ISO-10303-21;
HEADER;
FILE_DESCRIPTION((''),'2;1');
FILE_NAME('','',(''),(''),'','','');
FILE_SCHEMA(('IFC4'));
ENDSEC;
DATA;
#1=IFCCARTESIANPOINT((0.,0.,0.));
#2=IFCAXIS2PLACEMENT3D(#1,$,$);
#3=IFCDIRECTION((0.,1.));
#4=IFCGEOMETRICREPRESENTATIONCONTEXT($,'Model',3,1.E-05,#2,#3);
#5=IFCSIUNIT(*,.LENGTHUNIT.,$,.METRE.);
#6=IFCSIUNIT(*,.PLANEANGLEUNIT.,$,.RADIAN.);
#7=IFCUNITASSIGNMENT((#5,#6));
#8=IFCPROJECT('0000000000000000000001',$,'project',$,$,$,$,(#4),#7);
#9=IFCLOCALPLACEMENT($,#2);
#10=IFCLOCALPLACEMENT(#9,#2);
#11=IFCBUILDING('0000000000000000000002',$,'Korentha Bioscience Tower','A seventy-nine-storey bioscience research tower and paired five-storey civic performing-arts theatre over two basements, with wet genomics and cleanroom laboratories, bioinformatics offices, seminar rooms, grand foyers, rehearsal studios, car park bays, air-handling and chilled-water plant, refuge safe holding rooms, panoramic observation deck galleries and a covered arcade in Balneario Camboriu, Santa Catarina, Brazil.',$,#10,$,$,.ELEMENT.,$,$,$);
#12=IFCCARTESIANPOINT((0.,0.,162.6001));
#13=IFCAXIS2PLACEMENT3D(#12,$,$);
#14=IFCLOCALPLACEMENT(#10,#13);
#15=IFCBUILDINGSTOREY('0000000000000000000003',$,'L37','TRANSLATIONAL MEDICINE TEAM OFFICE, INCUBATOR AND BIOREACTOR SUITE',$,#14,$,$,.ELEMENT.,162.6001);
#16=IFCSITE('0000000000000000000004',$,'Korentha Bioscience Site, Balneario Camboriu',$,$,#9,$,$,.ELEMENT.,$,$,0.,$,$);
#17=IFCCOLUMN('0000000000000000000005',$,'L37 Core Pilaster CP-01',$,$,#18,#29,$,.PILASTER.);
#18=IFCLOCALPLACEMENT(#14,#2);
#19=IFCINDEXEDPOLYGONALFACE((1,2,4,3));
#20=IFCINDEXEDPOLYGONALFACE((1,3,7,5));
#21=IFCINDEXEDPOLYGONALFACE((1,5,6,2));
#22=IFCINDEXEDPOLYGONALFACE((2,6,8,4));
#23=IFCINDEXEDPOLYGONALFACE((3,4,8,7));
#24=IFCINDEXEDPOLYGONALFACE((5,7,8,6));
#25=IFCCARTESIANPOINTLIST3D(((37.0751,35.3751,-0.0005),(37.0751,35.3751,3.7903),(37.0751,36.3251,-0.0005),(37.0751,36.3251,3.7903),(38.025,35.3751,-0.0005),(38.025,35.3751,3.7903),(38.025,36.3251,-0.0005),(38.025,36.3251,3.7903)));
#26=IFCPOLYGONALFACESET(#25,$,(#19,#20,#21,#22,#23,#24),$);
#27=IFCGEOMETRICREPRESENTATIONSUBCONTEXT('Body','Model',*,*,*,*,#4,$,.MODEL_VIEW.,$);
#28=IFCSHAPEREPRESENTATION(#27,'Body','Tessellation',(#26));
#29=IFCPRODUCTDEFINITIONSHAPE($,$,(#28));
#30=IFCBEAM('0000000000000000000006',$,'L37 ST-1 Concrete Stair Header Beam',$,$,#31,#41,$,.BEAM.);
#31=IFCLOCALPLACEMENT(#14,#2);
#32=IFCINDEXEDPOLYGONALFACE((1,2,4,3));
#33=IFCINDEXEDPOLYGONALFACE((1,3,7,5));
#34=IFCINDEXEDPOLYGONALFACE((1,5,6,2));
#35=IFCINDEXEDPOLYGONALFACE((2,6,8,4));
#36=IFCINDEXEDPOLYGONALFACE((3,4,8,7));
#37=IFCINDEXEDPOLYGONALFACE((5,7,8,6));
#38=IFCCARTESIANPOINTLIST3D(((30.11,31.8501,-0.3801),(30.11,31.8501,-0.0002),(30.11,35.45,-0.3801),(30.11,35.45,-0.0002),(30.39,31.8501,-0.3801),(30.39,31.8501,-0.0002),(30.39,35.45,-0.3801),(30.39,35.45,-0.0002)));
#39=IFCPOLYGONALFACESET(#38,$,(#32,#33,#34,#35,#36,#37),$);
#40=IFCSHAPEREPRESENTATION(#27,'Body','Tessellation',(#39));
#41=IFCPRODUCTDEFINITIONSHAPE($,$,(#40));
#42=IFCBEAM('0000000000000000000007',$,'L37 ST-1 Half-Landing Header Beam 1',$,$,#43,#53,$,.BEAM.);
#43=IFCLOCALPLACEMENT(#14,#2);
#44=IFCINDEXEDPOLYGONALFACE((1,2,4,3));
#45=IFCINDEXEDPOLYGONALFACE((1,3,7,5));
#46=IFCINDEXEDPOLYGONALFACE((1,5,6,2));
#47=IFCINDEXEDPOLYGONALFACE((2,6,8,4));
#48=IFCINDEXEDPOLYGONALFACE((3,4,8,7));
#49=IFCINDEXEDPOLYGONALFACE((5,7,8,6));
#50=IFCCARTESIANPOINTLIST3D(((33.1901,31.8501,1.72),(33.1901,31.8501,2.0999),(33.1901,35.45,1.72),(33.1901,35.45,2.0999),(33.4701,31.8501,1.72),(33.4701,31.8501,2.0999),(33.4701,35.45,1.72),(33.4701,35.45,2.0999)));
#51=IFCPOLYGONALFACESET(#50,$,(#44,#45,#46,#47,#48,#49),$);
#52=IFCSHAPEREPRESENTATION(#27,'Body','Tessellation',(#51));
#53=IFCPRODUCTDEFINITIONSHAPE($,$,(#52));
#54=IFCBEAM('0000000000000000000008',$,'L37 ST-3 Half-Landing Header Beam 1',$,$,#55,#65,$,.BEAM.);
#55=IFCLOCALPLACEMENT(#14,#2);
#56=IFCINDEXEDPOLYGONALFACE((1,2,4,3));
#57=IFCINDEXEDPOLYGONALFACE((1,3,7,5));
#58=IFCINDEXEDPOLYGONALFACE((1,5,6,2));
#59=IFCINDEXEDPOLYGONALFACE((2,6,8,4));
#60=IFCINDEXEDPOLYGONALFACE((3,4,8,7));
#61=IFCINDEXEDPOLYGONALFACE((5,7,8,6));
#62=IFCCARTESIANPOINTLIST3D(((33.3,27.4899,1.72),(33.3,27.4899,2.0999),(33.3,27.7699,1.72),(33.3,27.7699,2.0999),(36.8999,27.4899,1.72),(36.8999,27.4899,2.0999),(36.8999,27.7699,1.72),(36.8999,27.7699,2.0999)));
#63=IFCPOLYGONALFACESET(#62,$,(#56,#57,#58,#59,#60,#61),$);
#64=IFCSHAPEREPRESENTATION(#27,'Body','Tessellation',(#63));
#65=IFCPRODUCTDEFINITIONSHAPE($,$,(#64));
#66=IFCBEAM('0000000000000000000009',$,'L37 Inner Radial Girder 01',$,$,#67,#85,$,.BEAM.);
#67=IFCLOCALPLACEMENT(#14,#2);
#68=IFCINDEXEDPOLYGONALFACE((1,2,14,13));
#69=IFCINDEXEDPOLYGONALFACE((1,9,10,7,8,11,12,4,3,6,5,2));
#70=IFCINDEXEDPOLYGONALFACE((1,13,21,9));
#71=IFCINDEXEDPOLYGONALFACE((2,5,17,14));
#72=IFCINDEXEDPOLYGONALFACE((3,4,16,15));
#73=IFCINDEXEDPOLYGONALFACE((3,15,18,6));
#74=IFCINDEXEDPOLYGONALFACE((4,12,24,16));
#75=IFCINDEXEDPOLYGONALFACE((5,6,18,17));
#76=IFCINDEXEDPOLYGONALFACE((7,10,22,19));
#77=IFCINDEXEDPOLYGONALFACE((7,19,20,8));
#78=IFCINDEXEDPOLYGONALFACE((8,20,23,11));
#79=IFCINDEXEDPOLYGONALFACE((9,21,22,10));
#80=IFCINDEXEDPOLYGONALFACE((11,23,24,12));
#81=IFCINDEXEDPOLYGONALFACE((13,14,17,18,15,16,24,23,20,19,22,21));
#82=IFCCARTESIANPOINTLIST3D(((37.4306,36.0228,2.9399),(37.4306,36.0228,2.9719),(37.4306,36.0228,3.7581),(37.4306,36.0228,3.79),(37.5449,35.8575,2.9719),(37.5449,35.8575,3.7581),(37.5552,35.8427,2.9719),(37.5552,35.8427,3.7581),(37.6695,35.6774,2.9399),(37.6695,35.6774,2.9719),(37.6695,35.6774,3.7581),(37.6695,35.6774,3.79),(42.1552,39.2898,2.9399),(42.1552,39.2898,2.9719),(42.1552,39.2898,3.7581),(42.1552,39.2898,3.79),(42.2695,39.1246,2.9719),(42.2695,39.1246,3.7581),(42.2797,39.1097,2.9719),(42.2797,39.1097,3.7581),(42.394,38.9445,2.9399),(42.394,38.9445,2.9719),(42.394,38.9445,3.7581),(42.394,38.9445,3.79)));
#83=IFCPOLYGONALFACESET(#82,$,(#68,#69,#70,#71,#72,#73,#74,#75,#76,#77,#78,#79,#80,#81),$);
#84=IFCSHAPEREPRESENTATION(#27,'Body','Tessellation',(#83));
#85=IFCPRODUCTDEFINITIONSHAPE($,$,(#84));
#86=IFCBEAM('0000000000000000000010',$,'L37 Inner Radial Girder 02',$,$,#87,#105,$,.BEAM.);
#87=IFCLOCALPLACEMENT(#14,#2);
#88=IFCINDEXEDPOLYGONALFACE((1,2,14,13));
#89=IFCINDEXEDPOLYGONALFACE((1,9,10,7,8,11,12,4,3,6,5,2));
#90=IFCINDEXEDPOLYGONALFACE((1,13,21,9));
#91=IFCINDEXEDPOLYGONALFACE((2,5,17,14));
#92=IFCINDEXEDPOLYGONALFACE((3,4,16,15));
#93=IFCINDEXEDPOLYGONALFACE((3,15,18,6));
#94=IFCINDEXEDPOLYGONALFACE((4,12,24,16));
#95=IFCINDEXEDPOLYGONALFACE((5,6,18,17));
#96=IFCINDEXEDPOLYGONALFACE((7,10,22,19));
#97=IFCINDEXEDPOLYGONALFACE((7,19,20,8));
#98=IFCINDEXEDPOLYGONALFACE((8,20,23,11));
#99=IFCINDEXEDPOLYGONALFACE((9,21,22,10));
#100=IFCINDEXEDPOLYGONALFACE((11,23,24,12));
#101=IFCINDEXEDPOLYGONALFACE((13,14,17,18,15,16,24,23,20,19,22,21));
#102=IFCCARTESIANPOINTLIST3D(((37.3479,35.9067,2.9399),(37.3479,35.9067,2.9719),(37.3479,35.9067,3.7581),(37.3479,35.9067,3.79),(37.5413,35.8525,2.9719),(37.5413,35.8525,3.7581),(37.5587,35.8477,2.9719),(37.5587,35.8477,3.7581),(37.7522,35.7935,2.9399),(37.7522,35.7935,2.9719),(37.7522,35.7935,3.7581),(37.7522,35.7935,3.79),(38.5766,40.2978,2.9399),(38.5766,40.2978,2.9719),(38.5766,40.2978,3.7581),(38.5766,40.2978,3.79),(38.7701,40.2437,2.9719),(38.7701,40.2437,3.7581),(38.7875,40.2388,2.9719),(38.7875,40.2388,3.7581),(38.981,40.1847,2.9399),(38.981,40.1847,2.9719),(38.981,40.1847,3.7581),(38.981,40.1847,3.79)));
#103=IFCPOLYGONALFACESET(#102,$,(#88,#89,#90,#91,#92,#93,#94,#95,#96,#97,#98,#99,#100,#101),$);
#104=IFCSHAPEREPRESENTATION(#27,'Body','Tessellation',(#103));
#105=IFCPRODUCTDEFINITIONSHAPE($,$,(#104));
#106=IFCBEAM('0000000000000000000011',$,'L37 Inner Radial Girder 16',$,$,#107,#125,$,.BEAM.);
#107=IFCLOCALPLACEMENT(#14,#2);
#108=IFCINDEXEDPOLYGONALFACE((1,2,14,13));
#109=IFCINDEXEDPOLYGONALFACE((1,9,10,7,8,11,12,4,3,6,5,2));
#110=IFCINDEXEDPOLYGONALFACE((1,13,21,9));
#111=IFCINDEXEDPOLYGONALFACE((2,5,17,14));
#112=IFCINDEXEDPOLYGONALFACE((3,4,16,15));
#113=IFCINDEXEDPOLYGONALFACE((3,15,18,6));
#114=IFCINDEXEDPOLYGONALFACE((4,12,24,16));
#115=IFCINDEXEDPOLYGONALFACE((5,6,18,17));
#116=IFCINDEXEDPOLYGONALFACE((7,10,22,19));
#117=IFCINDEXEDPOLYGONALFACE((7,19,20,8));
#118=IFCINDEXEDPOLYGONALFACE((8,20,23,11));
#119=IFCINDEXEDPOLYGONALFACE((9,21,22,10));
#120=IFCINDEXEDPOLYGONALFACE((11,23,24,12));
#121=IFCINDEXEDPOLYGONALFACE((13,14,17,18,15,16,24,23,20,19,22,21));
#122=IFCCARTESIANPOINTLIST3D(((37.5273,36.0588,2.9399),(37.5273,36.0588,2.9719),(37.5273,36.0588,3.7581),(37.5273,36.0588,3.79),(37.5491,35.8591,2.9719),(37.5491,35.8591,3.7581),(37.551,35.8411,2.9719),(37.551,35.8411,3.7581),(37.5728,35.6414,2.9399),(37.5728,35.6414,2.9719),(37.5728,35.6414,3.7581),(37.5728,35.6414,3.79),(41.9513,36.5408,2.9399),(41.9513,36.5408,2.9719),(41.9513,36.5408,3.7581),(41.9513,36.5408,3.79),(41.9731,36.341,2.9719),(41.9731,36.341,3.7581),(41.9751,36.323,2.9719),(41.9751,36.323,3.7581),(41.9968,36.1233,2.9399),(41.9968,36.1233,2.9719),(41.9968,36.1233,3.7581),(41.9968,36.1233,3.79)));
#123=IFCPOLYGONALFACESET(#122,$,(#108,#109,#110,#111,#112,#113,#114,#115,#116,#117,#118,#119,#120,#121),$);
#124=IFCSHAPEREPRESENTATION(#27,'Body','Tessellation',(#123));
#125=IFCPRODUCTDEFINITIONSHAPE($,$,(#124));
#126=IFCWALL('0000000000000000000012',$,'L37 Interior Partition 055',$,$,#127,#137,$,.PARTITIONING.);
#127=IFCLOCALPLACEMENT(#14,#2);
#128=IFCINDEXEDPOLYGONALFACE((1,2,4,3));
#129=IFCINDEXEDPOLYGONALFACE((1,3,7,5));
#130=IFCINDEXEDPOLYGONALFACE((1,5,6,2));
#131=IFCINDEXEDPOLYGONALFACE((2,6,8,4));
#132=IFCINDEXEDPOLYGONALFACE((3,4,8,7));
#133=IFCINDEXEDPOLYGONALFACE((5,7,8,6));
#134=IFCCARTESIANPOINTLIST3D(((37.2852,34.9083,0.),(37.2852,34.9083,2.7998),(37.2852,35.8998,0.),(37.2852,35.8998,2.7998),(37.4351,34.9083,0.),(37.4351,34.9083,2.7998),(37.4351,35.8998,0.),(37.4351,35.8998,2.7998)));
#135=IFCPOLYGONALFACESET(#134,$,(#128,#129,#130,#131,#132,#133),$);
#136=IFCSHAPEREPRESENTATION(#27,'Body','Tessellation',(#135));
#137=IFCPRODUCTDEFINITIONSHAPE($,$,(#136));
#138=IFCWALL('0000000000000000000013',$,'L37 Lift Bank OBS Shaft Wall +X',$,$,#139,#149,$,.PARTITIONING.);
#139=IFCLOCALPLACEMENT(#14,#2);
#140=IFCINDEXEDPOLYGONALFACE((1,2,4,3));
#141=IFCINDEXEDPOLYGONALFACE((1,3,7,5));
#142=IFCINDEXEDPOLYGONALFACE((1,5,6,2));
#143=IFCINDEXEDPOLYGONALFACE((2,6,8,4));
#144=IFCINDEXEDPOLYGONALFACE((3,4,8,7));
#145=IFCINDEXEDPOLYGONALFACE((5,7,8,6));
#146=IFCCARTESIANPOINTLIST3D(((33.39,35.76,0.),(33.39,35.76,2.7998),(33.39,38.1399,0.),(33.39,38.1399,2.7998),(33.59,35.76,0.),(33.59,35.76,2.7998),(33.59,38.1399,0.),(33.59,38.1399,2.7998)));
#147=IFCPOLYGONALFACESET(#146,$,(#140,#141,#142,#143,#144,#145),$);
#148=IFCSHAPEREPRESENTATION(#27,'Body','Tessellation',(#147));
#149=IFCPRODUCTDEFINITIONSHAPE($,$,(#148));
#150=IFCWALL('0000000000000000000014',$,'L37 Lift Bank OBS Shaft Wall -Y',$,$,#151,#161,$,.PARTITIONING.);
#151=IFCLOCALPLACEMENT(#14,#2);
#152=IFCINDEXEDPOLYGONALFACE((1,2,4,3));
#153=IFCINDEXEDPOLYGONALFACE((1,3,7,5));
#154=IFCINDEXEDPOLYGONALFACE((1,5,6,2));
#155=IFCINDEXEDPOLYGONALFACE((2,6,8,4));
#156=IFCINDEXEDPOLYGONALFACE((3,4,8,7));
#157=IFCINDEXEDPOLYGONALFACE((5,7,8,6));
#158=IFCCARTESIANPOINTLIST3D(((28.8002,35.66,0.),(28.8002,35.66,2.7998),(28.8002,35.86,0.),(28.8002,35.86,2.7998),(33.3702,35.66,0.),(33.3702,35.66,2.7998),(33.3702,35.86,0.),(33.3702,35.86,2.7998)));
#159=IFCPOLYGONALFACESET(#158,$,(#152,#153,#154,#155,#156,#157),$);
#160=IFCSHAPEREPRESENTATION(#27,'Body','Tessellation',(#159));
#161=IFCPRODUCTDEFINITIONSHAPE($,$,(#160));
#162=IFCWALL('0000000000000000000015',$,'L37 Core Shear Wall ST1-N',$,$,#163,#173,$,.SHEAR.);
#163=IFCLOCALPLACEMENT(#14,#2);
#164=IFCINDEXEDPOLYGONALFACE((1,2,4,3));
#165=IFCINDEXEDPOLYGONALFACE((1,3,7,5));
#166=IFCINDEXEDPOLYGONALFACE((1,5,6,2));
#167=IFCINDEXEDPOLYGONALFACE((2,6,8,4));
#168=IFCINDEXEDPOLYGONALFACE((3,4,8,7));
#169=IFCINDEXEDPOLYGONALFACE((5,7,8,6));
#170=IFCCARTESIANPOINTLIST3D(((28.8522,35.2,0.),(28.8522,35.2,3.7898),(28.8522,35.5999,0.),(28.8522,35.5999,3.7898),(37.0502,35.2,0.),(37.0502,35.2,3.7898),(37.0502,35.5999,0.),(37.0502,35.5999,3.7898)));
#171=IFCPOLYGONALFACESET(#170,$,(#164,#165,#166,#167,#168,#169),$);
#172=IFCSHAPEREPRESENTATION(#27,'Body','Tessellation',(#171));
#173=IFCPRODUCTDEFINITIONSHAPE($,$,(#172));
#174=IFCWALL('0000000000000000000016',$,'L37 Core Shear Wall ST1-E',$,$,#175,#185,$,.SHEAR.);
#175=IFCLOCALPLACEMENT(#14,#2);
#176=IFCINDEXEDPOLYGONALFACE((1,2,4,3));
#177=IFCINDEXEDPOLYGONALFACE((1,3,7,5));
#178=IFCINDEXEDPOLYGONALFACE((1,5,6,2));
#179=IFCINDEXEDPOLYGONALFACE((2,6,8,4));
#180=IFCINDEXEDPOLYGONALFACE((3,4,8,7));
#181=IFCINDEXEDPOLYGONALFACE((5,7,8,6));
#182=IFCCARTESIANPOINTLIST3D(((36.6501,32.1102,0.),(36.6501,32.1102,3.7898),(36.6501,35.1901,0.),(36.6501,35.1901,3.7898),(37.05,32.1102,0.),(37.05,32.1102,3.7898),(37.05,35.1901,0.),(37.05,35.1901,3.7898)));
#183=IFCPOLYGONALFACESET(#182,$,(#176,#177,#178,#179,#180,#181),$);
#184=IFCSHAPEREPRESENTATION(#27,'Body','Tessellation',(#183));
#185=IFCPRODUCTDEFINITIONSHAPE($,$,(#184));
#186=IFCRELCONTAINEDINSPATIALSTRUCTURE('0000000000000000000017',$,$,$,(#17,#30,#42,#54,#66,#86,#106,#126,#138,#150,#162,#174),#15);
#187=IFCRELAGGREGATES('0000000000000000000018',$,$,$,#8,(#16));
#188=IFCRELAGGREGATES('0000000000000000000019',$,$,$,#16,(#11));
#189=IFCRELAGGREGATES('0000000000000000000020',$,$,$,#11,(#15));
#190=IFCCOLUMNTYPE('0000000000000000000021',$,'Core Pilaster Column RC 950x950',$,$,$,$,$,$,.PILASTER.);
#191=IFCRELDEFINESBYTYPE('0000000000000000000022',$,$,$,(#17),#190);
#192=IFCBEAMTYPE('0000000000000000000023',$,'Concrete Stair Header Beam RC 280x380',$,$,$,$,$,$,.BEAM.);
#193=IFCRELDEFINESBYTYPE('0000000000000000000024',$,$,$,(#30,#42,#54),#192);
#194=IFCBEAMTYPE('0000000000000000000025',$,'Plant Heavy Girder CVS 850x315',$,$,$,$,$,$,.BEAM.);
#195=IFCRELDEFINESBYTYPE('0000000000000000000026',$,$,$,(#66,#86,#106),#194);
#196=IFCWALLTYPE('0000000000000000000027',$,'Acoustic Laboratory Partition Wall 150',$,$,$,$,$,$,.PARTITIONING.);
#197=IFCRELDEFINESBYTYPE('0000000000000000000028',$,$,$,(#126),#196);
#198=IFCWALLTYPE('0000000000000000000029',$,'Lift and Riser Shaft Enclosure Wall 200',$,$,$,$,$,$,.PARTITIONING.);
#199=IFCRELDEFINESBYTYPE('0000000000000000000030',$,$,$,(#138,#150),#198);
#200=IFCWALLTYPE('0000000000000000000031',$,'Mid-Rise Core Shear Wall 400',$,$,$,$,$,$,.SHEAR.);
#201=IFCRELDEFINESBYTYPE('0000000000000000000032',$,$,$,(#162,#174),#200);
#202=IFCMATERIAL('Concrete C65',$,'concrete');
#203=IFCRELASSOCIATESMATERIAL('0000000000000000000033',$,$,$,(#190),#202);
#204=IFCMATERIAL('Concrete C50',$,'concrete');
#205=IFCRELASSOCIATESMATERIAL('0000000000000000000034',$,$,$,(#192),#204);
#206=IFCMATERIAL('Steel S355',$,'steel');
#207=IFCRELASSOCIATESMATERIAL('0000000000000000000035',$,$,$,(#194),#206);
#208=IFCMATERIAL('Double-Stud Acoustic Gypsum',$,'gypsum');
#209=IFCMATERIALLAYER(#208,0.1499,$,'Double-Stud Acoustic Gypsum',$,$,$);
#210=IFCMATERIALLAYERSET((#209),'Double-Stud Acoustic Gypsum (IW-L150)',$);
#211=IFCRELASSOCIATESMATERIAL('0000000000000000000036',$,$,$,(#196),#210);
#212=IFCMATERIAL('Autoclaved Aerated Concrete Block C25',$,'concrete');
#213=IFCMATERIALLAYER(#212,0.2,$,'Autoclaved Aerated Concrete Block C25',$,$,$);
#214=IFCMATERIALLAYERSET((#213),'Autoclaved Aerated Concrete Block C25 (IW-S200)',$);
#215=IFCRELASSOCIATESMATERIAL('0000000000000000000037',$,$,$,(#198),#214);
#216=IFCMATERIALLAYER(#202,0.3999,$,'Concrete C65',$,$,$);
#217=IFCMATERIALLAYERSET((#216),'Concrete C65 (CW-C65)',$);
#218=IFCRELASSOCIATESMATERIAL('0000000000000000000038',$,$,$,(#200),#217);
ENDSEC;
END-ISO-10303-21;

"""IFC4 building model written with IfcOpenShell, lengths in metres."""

from ifc_helpers import new_model, si_unit, direction, frame, frame_2d, origin, origin_2d, place, context, subcontext, project, spatial, rectangle, i_section, extrude, material, layer, layer_set, material_profile, profile_set, type_object, element, save


model = new_model("IFC4")

# Units and contexts
model_context = context("Model", 3, precision=1e-05, world=origin(), true_north=direction((0.0, 1.0)))
body_context = subcontext(model_context, "Body", "Model", "MODEL_VIEW")
ifc_project = project(units=[si_unit("LENGTHUNIT", "METRE"), si_unit("PLANEANGLEUNIT", "RADIAN")], contexts=[model_context])

# Site, building, storey
site_placement = place(None, origin())
site = spatial("IfcSite", under=ifc_project, at=site_placement, Name="Korentha Bioscience Site, Balneario Camboriu", CompositionType="ELEMENT", RefElevation=0.0)
building_placement = place(site_placement, origin())
building = spatial("IfcBuilding", under=site, at=building_placement, Name="Korentha Bioscience Tower", Description="A seventy-nine-storey bioscience research tower and paired five-storey civic performing-arts theatre over two basements, with wet genomics and cleanroom laboratories, bioinformatics offices, seminar rooms, grand foyers, rehearsal studios, car park bays, air-handling and chilled-water plant, refuge safe holding rooms, panoramic observation deck galleries and a covered arcade in Balneario Camboriu, Santa Catarina, Brazil.", CompositionType="ELEMENT")
storey_placement = place(building_placement, frame((0.0, 0.0, 162.6001)))
storey = spatial("IfcBuildingStorey", under=building, at=storey_placement, Name="L37", Description="TRANSLATIONAL MEDICINE TEAM OFFICE, INCUBATOR AND BIOREACTOR SUITE", CompositionType="ELEMENT", Elevation=162.6001)

# Column
ifc_material_1 = material(Name="Concrete C65", Category="concrete")
ifc_material_profile_1 = material_profile(ifc_material_1, rectangle(XDim=0.95, YDim=0.95, at=origin_2d()), Name="Concrete C65")
ifc_profile_set_1 = profile_set([ifc_material_profile_1], Name="Concrete C65 (COL-CP09)")
column_type = type_object("IfcColumnType", Name="Core Pilaster Column RC 950x950", PredefinedType="PILASTER", material=ifc_profile_set_1)
column_placement = place(storey_placement, frame((37.55, 35.8501, -0.0005), z_axis=(0.0, 0.0, 1.0), x_axis=(1.0, 0.0, 0.0)))
element("IfcColumn", 1, at=column_placement, inside=storey, type_object=column_type, Name="L37 Core Pilaster CP-01", PredefinedType="PILASTER", context=body_context, shape_type="SweptSolid", body=[
    extrude(rectangle(XDim=0.95, YDim=0.95, at=origin_2d()), origin(), (0.0, 0.0, 1.0), 3.7908),
])

# Beams
ifc_material_2 = material(Name="Concrete C50", Category="concrete")
ifc_material_profile_2 = material_profile(ifc_material_2, rectangle(XDim=0.28, YDim=0.3799, at=origin_2d()), Name="Concrete C50")
ifc_profile_set_2 = profile_set([ifc_material_profile_2], Name="Concrete C50 (ST-HB380)")
beam_type_1 = type_object("IfcBeamType", Name="Concrete Stair Header Beam RC 280x380", PredefinedType="BEAM", material=ifc_profile_set_2)
for number, where, z_axis, x_axis, name in (
    (2, (30.25, 31.8501, -0.1902), (0.0, 1.0, 0.0), (-1.0, 0.0, 0.0), "L37 ST-1 Concrete Stair Header Beam"),
    (3, (33.3301, 31.8501, 1.9099), (0.0, 1.0, 0.0), (-1.0, 0.0, 0.0), "L37 ST-1 Half-Landing Header Beam 1"),
    (4, (36.8999, 27.6299, 1.9099), (-1.0, 0.0, 0.0), (0.0, -1.0, 0.0), "L37 ST-3 Half-Landing Header Beam 1"),
):
    element("IfcBeam", number, at=place(storey_placement, frame(where, z_axis=z_axis, x_axis=x_axis)), inside=storey, type_object=beam_type_1, Name=name, PredefinedType="BEAM", context=body_context, shape_type="SweptSolid", body=[
        extrude(rectangle(XDim=0.28, YDim=0.3799, at=origin_2d()), origin(), (0.0, 0.0, 1.0), 3.5999),
    ])
ifc_material_3 = material(Name="Steel S355", Category="steel")
ifc_material_profile_3 = material_profile(ifc_material_3, i_section(OverallWidth=0.4199, OverallDepth=0.8501, WebThickness=0.0181, FlangeThickness=0.032, at=origin_2d()), Name="Steel S355")
ifc_profile_set_3 = profile_set([ifc_material_profile_3], Name="Steel S355 (MB-850)")
beam_type_2 = type_object("IfcBeamType", Name="Plant Heavy Girder CVS 850x315", PredefinedType="BEAM", material=ifc_profile_set_3)
beam_1_placement = place(storey_placement, frame((37.55, 35.8501, 3.365), z_axis=(0.822501, 0.568763, 0.0), x_axis=(-0.568763, 0.822501, 0.0)))
element("IfcBeam", 5, at=beam_1_placement, inside=storey, type_object=beam_type_2, Name="L37 Inner Radial Girder 01", PredefinedType="BEAM", context=body_context, shape_type="SweptSolid", body=[
    extrude(i_section(OverallWidth=0.4199, OverallDepth=0.8501, WebThickness=0.0181, FlangeThickness=0.032, at=origin_2d()), origin(), (0.0, 0.0, 1.0), 5.7441),
])
beam_2_placement = place(storey_placement, frame((37.55, 35.8501, 3.365), z_axis=(0.269477, 0.963007, 0.0), x_axis=(-0.963007, 0.269477, 0.0)))
element("IfcBeam", 6, at=beam_2_placement, inside=storey, type_object=beam_type_2, Name="L37 Inner Radial Girder 02", PredefinedType="BEAM", context=body_context, shape_type="SweptSolid", body=[
    extrude(i_section(OverallWidth=0.4199, OverallDepth=0.8501, WebThickness=0.0181, FlangeThickness=0.032, at=origin_2d()), origin(), (0.0, 0.0, 1.0), 4.5598),
])
beam_3_placement = place(storey_placement, frame((37.55, 35.8501, 3.365), z_axis=(0.994119, 0.108294, 0.0), x_axis=(-0.108294, 0.994119, 0.0)))
element("IfcBeam", 7, at=beam_3_placement, inside=storey, type_object=beam_type_2, Name="L37 Inner Radial Girder 16", PredefinedType="BEAM", context=body_context, shape_type="SweptSolid", body=[
    extrude(i_section(OverallWidth=0.4199, OverallDepth=0.8501, WebThickness=0.0181, FlangeThickness=0.032, at=origin_2d()), origin(), (0.0, 0.0, 1.0), 4.4502),
])

# Walls
ifc_material_4 = material(Name="Double-Stud Acoustic Gypsum", Category="gypsum")
ifc_layer_1 = layer(ifc_material_4, 0.1499, Name="Double-Stud Acoustic Gypsum")
ifc_layer_set_1 = layer_set([ifc_layer_1], Name="Double-Stud Acoustic Gypsum (IW-L150)")
wall_type_1 = type_object("IfcWallType", Name="Acoustic Laboratory Partition Wall 150", PredefinedType="PARTITIONING", material=ifc_layer_set_1)
wall_1_placement = place(storey_placement, frame((37.3601, 34.9084, 0.0), z_axis=(0.0, 0.0, 1.0), x_axis=(0.0, 1.0, 0.0)))
element("IfcWall", 8, at=wall_1_placement, inside=storey, type_object=wall_type_1, Name="L37 Interior Partition 055", PredefinedType="PARTITIONING", context=body_context, shape_type="SweptSolid", body=[
    extrude(rectangle(XDim=0.9915, YDim=0.1499, at=frame_2d((0.4956, 0.0))), origin(), (0.0, 0.0, 1.0), 2.7998),
])
ifc_material_5 = material(Name="Autoclaved Aerated Concrete Block C25", Category="concrete")
ifc_layer_2 = layer(ifc_material_5, 0.2, Name="Autoclaved Aerated Concrete Block C25")
ifc_layer_set_2 = layer_set([ifc_layer_2], Name="Autoclaved Aerated Concrete Block C25 (IW-S200)")
wall_type_2 = type_object("IfcWallType", Name="Lift and Riser Shaft Enclosure Wall 200", PredefinedType="PARTITIONING", material=ifc_layer_set_2)
wall_2_placement = place(storey_placement, frame((33.49, 35.76, 0.0), z_axis=(0.0, 0.0, 1.0), x_axis=(0.0, 1.0, 0.0)))
element("IfcWall", 9, at=wall_2_placement, inside=storey, type_object=wall_type_2, Name="L37 Lift Bank OBS Shaft Wall +X", PredefinedType="PARTITIONING", context=body_context, shape_type="SweptSolid", body=[
    extrude(rectangle(XDim=2.3799, YDim=0.2, at=frame_2d((1.1899, 0.0))), origin(), (0.0, 0.0, 1.0), 2.7998),
])
wall_3_placement = place(storey_placement, frame((28.8, 35.76, 0.0), z_axis=(0.0, 0.0, 1.0), x_axis=(1.0, 0.0, 0.0)))
element("IfcWall", 10, at=wall_3_placement, inside=storey, type_object=wall_type_2, Name="L37 Lift Bank OBS Shaft Wall -Y", PredefinedType="PARTITIONING", context=body_context, shape_type="SweptSolid", body=[
    extrude(rectangle(XDim=4.5701, YDim=0.2, at=frame_2d((2.2852, 0.0))), origin(), (0.0, 0.0, 1.0), 2.7998),
])
ifc_layer_3 = layer(ifc_material_1, 0.3999, Name="Concrete C65")
ifc_layer_set_3 = layer_set([ifc_layer_3], Name="Concrete C65 (CW-C65)")
wall_type_3 = type_object("IfcWallType", Name="Mid-Rise Core Shear Wall 400", PredefinedType="SHEAR", material=ifc_layer_set_3)
wall_4_placement = place(storey_placement, frame((28.8521, 35.3999, 0.0), z_axis=(0.0, 0.0, 1.0), x_axis=(1.0, 0.0, 0.0)))
element("IfcWall", 11, at=wall_4_placement, inside=storey, type_object=wall_type_3, Name="L37 Core Shear Wall ST1-N", PredefinedType="SHEAR", context=body_context, shape_type="SweptSolid", body=[
    extrude(rectangle(XDim=8.198, YDim=0.3999, at=frame_2d((4.0991, 0.0))), origin(), (0.0, 0.0, 1.0), 3.7898),
])
wall_5_placement = place(storey_placement, frame((36.8501, 32.1101, 0.0), z_axis=(0.0, 0.0, 1.0), x_axis=(0.0, 1.0, 0.0)))
element("IfcWall", 12, at=wall_5_placement, inside=storey, type_object=wall_type_3, Name="L37 Core Shear Wall ST1-E", PredefinedType="SHEAR", context=body_context, shape_type="SweptSolid", body=[
    extrude(rectangle(XDim=3.0798, YDim=0.3999, at=frame_2d((1.54, 0.0))), origin(), (0.0, 0.0, 1.0), 3.7898),
])

save(model, "model.ifc")
